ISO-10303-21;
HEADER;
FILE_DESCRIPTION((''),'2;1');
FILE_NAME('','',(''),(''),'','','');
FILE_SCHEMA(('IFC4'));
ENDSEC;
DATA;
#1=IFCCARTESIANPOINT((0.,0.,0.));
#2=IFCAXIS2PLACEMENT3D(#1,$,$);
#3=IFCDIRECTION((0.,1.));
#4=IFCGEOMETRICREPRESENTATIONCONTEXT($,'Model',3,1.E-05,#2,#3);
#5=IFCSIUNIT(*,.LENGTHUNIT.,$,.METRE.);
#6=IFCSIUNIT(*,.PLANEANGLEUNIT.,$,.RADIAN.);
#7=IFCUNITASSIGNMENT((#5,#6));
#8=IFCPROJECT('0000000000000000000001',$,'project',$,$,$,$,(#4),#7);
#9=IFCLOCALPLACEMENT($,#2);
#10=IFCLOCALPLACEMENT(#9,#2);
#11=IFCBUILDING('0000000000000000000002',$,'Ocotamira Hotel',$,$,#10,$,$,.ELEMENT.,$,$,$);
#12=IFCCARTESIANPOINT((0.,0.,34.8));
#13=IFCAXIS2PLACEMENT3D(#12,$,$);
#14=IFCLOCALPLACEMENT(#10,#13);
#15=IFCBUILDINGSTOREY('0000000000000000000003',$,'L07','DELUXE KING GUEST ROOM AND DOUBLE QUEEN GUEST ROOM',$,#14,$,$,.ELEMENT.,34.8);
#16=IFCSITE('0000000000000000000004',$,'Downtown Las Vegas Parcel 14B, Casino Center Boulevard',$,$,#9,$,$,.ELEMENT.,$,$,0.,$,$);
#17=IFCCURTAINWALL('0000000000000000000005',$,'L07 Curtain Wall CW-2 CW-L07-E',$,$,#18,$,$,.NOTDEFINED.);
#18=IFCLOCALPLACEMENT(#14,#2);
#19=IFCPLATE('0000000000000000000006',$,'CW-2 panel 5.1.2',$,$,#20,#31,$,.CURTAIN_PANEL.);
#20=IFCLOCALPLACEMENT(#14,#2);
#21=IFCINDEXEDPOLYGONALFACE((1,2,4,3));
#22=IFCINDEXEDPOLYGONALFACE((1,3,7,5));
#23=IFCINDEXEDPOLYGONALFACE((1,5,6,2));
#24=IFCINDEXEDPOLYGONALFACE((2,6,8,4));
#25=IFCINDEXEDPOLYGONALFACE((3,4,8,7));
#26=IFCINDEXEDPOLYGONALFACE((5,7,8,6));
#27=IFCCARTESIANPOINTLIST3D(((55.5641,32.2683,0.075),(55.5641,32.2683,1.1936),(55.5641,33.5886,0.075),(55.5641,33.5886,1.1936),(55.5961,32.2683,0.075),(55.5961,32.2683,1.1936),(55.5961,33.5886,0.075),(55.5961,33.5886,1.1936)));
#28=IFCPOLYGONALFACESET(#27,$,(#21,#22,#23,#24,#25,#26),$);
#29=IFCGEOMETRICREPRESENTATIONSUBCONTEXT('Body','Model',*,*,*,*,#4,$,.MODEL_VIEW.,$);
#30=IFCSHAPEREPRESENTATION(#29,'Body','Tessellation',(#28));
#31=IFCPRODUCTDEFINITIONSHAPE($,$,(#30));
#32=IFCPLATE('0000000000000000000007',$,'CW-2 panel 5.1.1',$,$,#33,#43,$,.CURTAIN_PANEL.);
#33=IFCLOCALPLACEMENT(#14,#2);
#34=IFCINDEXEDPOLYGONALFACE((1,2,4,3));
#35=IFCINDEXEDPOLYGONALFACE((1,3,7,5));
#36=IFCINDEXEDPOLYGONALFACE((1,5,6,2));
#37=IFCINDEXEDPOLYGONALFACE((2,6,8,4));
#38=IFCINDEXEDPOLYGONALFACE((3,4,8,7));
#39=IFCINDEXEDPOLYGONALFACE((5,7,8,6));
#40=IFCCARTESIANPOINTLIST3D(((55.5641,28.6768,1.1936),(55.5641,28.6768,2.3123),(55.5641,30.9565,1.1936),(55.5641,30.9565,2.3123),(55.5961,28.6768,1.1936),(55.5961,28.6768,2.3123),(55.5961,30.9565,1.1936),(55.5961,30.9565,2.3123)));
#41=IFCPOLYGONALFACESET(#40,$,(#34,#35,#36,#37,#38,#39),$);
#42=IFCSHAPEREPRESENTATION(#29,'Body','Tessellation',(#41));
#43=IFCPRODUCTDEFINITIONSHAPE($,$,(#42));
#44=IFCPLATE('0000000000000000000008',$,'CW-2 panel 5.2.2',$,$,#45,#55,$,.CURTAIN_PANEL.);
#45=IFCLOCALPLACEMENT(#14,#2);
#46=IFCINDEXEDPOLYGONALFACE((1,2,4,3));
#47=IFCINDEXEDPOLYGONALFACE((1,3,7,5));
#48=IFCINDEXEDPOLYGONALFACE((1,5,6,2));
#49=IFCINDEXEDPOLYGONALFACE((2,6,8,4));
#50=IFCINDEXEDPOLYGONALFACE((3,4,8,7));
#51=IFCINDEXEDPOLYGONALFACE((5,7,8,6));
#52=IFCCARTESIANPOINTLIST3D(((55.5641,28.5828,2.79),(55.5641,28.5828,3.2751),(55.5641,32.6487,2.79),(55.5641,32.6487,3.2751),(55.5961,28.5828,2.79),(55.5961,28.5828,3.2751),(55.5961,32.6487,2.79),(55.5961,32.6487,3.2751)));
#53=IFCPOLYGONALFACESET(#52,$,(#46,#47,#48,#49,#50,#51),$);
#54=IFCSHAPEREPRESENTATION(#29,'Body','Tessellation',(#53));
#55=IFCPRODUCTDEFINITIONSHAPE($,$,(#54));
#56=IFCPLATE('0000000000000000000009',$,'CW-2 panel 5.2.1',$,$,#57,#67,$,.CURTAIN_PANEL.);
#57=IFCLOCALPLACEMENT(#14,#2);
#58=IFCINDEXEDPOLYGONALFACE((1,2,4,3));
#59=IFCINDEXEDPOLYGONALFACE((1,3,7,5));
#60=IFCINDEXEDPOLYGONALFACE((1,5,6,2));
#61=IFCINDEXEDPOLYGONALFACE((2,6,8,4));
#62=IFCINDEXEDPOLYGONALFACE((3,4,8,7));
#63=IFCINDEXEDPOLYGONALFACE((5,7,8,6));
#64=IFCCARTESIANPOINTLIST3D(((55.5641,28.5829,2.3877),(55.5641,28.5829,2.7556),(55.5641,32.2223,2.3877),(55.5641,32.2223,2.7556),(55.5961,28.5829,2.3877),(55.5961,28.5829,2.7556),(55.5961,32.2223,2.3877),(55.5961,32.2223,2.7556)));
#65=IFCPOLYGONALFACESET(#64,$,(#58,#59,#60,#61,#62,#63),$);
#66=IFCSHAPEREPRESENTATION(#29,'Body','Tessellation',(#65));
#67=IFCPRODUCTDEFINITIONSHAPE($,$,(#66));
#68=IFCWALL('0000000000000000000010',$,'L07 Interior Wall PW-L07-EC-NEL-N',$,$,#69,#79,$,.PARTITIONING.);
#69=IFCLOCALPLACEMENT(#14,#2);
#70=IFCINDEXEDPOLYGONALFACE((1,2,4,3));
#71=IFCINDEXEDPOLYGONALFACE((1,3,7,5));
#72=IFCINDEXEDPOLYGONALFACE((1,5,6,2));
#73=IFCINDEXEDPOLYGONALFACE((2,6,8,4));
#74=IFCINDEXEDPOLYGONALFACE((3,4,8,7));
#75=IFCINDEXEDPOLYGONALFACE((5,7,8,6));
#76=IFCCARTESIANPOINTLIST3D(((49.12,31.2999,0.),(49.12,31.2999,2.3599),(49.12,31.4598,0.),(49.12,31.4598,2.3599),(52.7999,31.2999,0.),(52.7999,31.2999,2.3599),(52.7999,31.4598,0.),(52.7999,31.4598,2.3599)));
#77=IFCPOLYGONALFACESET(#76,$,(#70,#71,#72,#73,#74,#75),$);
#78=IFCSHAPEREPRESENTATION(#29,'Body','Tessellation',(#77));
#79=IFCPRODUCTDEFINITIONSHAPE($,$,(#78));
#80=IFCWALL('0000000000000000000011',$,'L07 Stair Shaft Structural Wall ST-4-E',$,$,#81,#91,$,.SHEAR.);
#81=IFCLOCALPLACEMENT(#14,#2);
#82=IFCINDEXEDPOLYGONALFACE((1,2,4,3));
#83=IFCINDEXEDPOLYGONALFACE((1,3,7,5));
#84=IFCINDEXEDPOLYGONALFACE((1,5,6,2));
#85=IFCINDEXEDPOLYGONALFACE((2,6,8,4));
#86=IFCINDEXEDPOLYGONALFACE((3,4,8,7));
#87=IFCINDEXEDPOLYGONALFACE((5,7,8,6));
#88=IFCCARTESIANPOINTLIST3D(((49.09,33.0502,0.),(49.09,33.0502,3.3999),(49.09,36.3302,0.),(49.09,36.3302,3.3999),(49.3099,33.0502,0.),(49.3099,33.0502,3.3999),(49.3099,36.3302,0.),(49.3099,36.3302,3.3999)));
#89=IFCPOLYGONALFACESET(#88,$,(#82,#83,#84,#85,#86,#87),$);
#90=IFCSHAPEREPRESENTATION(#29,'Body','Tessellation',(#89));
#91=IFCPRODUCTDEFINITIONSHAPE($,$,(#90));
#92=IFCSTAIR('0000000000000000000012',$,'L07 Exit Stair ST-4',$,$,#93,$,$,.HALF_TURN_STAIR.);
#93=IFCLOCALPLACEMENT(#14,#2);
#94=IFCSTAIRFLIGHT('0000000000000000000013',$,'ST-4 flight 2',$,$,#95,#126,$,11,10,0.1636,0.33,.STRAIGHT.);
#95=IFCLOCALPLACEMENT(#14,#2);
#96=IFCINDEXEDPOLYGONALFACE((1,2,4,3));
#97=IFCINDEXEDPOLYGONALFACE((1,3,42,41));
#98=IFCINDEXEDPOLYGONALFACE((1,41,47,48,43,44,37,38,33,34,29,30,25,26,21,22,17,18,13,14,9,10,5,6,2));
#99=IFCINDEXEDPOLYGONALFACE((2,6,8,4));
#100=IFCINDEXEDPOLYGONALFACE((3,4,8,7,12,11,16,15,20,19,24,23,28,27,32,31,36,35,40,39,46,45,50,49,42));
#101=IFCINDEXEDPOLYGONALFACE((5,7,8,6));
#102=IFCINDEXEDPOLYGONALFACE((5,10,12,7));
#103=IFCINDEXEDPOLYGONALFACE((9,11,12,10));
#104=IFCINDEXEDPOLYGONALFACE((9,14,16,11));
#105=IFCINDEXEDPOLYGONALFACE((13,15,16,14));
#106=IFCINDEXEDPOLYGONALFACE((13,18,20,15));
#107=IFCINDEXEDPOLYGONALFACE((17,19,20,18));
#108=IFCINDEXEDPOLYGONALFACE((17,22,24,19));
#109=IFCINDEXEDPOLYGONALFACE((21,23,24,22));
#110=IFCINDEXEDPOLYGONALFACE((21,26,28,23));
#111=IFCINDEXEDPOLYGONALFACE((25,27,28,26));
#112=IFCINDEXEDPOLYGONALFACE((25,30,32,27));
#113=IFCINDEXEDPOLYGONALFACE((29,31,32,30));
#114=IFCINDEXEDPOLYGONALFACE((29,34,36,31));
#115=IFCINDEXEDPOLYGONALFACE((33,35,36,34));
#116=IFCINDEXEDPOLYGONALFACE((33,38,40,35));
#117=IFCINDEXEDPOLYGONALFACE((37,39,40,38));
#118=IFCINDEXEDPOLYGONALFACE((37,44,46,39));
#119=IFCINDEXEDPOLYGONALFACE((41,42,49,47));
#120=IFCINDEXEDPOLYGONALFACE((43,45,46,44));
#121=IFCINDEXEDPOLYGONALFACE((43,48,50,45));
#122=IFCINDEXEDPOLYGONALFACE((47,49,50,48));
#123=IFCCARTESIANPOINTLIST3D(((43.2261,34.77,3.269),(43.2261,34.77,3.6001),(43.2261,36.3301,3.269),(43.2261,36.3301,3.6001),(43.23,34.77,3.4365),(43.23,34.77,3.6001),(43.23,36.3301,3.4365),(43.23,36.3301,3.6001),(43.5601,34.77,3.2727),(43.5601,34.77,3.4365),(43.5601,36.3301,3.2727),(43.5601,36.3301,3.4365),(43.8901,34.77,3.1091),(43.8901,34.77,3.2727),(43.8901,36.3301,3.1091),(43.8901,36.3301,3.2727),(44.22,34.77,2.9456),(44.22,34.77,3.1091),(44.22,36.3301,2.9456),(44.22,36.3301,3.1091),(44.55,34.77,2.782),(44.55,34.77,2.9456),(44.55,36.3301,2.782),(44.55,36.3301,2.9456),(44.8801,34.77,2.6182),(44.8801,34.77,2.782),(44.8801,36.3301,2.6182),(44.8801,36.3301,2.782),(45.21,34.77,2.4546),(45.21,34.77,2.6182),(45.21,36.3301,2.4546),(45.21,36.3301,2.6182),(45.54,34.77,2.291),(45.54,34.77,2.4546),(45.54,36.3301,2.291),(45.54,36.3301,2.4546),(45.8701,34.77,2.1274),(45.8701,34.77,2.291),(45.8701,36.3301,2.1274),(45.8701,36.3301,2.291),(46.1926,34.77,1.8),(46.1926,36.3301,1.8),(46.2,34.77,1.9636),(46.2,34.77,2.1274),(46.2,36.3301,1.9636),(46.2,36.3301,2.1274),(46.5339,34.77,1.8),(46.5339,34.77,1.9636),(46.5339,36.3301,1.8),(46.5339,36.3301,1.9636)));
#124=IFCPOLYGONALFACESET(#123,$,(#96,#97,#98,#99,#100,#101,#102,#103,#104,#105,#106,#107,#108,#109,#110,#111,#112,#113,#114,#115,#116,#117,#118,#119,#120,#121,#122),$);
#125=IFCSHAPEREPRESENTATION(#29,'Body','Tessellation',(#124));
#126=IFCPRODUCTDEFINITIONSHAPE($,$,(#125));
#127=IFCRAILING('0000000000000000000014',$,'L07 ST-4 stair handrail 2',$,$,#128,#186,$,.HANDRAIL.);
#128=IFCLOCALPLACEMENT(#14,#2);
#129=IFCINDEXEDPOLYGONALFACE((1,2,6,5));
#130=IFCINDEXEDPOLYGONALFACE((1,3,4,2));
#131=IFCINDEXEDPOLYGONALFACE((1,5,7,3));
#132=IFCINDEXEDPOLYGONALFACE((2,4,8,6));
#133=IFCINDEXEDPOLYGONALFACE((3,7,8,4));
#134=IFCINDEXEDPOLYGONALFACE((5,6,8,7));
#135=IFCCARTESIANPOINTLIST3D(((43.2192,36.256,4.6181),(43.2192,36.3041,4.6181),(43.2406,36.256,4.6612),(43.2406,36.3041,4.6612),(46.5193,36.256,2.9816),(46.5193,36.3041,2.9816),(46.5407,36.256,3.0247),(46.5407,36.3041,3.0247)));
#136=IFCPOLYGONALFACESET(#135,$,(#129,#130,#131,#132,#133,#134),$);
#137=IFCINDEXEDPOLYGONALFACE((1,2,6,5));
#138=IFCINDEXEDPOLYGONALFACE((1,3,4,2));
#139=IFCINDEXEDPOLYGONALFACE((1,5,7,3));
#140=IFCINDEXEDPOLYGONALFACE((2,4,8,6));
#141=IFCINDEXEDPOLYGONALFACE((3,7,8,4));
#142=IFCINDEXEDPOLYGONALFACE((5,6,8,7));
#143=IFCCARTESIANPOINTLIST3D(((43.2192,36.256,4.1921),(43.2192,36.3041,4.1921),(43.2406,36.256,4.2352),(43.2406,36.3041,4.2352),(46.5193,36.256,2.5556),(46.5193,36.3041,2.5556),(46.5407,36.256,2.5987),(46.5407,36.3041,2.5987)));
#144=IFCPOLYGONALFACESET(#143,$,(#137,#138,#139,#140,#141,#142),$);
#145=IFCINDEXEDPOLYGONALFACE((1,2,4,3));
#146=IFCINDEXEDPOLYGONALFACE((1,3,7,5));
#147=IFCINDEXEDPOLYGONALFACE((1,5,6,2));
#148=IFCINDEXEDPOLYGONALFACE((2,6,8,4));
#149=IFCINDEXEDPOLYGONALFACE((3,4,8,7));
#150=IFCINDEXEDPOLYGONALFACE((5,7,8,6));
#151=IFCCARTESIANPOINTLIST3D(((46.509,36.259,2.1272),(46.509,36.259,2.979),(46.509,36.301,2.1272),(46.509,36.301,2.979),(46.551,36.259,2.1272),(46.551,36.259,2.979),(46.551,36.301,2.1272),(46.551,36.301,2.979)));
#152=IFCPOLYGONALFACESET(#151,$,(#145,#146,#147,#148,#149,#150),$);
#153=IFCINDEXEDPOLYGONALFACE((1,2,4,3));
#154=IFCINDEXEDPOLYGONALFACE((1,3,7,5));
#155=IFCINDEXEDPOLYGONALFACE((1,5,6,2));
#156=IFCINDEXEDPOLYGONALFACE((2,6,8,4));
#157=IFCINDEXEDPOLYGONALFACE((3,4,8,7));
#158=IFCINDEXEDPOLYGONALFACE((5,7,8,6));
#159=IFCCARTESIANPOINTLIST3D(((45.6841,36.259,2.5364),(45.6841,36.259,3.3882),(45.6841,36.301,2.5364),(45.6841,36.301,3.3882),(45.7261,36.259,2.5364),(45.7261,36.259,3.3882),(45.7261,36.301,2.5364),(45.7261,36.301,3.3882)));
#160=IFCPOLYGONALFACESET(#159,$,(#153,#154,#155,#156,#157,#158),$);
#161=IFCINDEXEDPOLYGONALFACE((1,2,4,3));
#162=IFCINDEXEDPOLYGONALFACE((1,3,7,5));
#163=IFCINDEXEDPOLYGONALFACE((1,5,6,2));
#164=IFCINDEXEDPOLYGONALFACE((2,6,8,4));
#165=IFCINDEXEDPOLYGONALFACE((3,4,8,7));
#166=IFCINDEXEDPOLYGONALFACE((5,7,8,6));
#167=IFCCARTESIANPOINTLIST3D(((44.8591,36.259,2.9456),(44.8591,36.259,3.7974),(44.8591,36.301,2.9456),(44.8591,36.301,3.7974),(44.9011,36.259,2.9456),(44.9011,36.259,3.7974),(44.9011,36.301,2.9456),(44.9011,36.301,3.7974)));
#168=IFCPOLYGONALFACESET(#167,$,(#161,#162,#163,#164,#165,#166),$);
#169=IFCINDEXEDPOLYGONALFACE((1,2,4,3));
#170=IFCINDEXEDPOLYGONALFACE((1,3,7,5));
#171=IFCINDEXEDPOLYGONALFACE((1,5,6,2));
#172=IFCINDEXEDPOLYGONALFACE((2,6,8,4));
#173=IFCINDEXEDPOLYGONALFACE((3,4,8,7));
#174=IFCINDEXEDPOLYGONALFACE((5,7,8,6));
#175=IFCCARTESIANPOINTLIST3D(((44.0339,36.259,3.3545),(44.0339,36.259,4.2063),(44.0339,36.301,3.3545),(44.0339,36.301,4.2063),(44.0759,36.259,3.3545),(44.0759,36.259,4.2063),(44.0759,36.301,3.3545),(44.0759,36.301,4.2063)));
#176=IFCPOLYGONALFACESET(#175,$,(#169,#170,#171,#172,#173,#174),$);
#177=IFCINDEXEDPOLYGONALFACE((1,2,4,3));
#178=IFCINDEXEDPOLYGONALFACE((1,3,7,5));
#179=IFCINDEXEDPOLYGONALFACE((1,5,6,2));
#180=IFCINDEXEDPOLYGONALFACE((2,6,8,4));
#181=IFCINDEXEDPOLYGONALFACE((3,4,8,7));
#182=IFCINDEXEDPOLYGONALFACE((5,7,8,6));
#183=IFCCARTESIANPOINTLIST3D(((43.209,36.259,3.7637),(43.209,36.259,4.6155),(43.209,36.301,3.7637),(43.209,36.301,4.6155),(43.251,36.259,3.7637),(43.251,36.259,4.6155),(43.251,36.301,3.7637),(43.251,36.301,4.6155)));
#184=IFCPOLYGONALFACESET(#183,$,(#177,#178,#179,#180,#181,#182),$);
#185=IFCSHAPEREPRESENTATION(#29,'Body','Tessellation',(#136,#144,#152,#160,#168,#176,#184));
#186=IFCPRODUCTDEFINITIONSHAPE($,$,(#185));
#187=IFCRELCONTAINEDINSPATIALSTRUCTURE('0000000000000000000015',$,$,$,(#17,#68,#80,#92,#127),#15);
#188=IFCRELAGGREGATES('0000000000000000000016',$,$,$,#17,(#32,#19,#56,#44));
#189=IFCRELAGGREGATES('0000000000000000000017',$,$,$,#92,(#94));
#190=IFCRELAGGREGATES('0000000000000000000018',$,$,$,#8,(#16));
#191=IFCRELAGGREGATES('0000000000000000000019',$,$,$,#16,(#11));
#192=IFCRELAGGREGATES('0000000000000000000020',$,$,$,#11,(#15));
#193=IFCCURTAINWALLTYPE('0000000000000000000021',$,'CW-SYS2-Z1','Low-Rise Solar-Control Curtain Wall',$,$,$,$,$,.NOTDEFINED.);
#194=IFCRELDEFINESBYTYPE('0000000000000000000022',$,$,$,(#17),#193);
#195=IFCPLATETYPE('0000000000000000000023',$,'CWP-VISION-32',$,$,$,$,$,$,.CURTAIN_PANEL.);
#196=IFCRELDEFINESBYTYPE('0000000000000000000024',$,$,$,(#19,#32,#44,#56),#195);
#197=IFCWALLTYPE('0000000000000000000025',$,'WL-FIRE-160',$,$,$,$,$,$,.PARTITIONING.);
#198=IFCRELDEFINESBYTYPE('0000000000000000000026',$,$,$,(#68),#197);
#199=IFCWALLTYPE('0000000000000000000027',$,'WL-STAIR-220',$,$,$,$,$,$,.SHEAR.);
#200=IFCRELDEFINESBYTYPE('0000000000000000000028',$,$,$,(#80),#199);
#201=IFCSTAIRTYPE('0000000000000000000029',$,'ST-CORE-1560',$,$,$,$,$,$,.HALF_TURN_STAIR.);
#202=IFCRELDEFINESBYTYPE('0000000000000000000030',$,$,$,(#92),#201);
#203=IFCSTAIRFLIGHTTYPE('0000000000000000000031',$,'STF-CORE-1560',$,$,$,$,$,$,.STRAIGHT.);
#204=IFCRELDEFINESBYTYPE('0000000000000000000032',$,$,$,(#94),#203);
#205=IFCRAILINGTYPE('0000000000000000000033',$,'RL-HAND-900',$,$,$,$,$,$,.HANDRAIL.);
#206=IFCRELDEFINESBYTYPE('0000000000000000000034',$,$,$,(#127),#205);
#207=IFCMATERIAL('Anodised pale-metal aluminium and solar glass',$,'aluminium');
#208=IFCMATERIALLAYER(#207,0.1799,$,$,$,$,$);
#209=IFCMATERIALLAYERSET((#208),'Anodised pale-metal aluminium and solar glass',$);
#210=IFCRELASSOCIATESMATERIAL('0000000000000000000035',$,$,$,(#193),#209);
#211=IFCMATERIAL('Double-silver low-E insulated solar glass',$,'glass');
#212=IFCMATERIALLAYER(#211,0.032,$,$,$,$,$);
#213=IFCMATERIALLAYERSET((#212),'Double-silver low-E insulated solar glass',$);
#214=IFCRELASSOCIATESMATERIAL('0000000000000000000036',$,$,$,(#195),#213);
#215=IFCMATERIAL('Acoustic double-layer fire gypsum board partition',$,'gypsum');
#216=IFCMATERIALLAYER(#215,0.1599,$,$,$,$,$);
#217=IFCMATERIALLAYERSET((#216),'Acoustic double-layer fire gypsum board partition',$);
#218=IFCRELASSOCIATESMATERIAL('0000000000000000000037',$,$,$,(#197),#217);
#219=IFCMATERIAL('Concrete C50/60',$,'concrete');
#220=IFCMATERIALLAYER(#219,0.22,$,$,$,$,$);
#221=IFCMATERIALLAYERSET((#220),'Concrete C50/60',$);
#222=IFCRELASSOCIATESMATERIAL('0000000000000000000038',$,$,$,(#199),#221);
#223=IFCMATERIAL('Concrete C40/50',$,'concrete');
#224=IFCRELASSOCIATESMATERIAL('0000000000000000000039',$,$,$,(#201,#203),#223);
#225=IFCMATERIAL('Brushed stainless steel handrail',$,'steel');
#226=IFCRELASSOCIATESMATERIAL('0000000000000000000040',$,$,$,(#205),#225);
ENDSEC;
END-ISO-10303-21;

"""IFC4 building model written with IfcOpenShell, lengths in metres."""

from ifc_helpers import new_model, si_unit, direction, frame, frame_2d, origin, origin_2d, place, context, subcontext, project, spatial, polyline, rectangle, outline, extrude, source, transform, mapped, material, layer, layer_set, type_object, element, aggregate, save


model = new_model("IFC4")

# Units and contexts
model_context = context("Model", 3, precision=1e-05, world=origin(), true_north=direction((0.0, 1.0)))
body_context = subcontext(model_context, "Body", "Model", "MODEL_VIEW")
ifc_project = project(units=[si_unit("LENGTHUNIT", "METRE"), si_unit("PLANEANGLEUNIT", "RADIAN")], contexts=[model_context])

# Site, building, storey
site_placement = place(None, origin())
site = spatial("IfcSite", under=ifc_project, at=site_placement, Name="Downtown Las Vegas Parcel 14B, Casino Center Boulevard", CompositionType="ELEMENT", RefElevation=0.0)
building_placement = place(site_placement, origin())
building = spatial("IfcBuilding", under=site, at=building_placement, Name="Ocotamira Hotel", CompositionType="ELEMENT")
storey_placement = place(building_placement, frame((0.0, 0.0, 34.8)))
storey = spatial("IfcBuildingStorey", under=building, at=storey_placement, Name="L07", Description="DELUXE KING GUEST ROOM AND DOUBLE QUEEN GUEST ROOM", CompositionType="ELEMENT", Elevation=34.8)

# Curtain wall
ifc_material_1 = material(Name="Anodised pale-metal aluminium and solar glass", Category="aluminium")
ifc_layer_1 = layer(ifc_material_1, 0.1799)
ifc_layer_set_1 = layer_set([ifc_layer_1], Name="Anodised pale-metal aluminium and solar glass")
curtain_wall_type = type_object("IfcCurtainWallType", Name="CW-SYS2-Z1", Description="Low-Rise Solar-Control Curtain Wall", PredefinedType="NOTDEFINED", material=ifc_layer_set_1)
curtain_wall_placement = place(storey_placement, origin())
curtain_wall = element("IfcCurtainWall", 1, at=curtain_wall_placement, inside=storey, type_object=curtain_wall_type, Name="L07 Curtain Wall CW-2 CW-L07-E", PredefinedType="NOTDEFINED")

# Plates
ifc_material_2 = material(Name="Double-silver low-E insulated solar glass", Category="glass")
ifc_layer_2 = layer(ifc_material_2, 0.032)
ifc_layer_set_2 = layer_set([ifc_layer_2], Name="Double-silver low-E insulated solar glass")
plate_type_1 = type_object("IfcPlateType", Name="CWP-VISION-32", PredefinedType="CURTAIN_PANEL", material=ifc_layer_set_2)
shared_shape_1 = source(origin(), body_context, "Body", "SweptSolid", [
    extrude(rectangle(XDim=1.3203, YDim=0.032, at=origin_2d()), origin(), (0.0, 0.0, 1.0), 1.1187),
])
plate_1_placement = place(storey_placement, frame((55.5801, 32.9285, 0.075), z_axis=(0.0, 0.0, 1.0), x_axis=(0.0, 1.0, 0.0)))
plate_1 = element("IfcPlate", 2, at=plate_1_placement, type_object=plate_type_1, Name="CW-2 panel 5.1.2", PredefinedType="CURTAIN_PANEL", context=body_context, shape_type="MappedRepresentation", body=[
    mapped(shared_shape_1, transform((0.0, 0.0, 0.0), scale=1.0)),
])
shared_shape_2 = source(origin(), body_context, "Body", "SweptSolid", [
    extrude(rectangle(XDim=2.2798, YDim=0.032, at=origin_2d()), origin(), (0.0, 0.0, 1.0), 1.1187),
])
plate_2_placement = place(storey_placement, frame((55.5801, 29.8167, 1.1936), z_axis=(0.0, 0.0, 1.0), x_axis=(0.0, 1.0, 0.0)))
plate_2 = element("IfcPlate", 3, at=plate_2_placement, type_object=plate_type_1, Name="CW-2 panel 5.1.1", PredefinedType="CURTAIN_PANEL", context=body_context, shape_type="MappedRepresentation", body=[
    mapped(shared_shape_2, transform((0.0, 0.0, 0.0), scale=1.0)),
])
shared_shape_3 = source(origin(), body_context, "Body", "SweptSolid", [
    extrude(rectangle(XDim=4.0659, YDim=0.032, at=origin_2d()), origin(), (0.0, 0.0, 1.0), 0.4851),
])
plate_3_placement = place(storey_placement, frame((55.5801, 30.6157, 2.79), z_axis=(0.0, 0.0, 1.0), x_axis=(0.0, 1.0, 0.0)))
plate_3 = element("IfcPlate", 4, at=plate_3_placement, type_object=plate_type_1, Name="CW-2 panel 5.2.2", PredefinedType="CURTAIN_PANEL", context=body_context, shape_type="MappedRepresentation", body=[
    mapped(shared_shape_3, transform((0.0, 0.0, 0.0), scale=1.0)),
])
shared_shape_4 = source(origin(), body_context, "Body", "SweptSolid", [
    extrude(rectangle(XDim=3.6394, YDim=0.032, at=origin_2d()), origin(), (0.0, 0.0, 1.0), 0.3679),
])
plate_4_placement = place(storey_placement, frame((55.5801, 30.4026, 2.3877), z_axis=(0.0, 0.0, 1.0), x_axis=(0.0, 1.0, 0.0)))
plate_4 = element("IfcPlate", 5, at=plate_4_placement, type_object=plate_type_1, Name="CW-2 panel 5.2.1", PredefinedType="CURTAIN_PANEL", context=body_context, shape_type="MappedRepresentation", body=[
    mapped(shared_shape_4, transform((0.0, 0.0, 0.0), scale=1.0)),
])
aggregate(curtain_wall, [plate_2, plate_1, plate_4, plate_3])

# Wall
ifc_material_3 = material(Name="Acoustic double-layer fire gypsum board partition", Category="gypsum")
ifc_layer_3 = layer(ifc_material_3, 0.1599)
ifc_layer_set_3 = layer_set([ifc_layer_3], Name="Acoustic double-layer fire gypsum board partition")
wall_type_1 = type_object("IfcWallType", Name="WL-FIRE-160", PredefinedType="PARTITIONING", material=ifc_layer_set_3)
wall_1_placement = place(storey_placement, frame((49.1201, 31.3799, 0.0), z_axis=(0.0, 0.0, 1.0), x_axis=(1.0, 0.0, 0.0)))
element("IfcWall", 6, at=wall_1_placement, inside=storey, type_object=wall_type_1, Name="L07 Interior Wall PW-L07-EC-NEL-N", PredefinedType="PARTITIONING", context=body_context, shape_type="SweptSolid", body=[
    extrude(rectangle(XDim=3.6799, YDim=0.1599, at=frame_2d((1.8398, 0.0))), origin(), (0.0, 0.0, 1.0), 2.3599),
])

# Wall
ifc_material_4 = material(Name="Concrete C50/60", Category="concrete")
ifc_layer_4 = layer(ifc_material_4, 0.22)
ifc_layer_set_4 = layer_set([ifc_layer_4], Name="Concrete C50/60")
wall_type_2 = type_object("IfcWallType", Name="WL-STAIR-220", PredefinedType="SHEAR", material=ifc_layer_set_4)
wall_2_placement = place(storey_placement, frame((49.2, 33.05, 0.0), z_axis=(0.0, 0.0, 1.0), x_axis=(0.0, 1.0, 0.0)))
element("IfcWall", 7, at=wall_2_placement, inside=storey, type_object=wall_type_2, Name="L07 Stair Shaft Structural Wall ST-4-E", PredefinedType="SHEAR", context=body_context, shape_type="SweptSolid", body=[
    extrude(rectangle(XDim=3.28, YDim=0.22, at=frame_2d((1.6401, 0.0))), origin(), (0.0, 0.0, 1.0), 3.3999),
])

# Stair, stair flight
ifc_material_5 = material(Name="Concrete C40/50", Category="concrete")
stair_type = type_object("IfcStairType", Name="ST-CORE-1560", PredefinedType="HALF_TURN_STAIR", material=ifc_material_5)
stair_placement = place(storey_placement, origin())
stair = element("IfcStair", 8, at=stair_placement, inside=storey, type_object=stair_type, Name="L07 Exit Stair ST-4", PredefinedType="HALF_TURN_STAIR")
stair_flight_type = type_object("IfcStairFlightType", Name="STF-CORE-1560", PredefinedType="STRAIGHT", material=ifc_material_5)
shared_shape_5 = source(origin(), body_context, "Body", "SweptSolid", [
    extrude(outline(polyline([(-0.0039, 0.0), (-0.0039, 0.1636), (0.3301, 0.1636), (0.3301, 0.3274), (0.6599, 0.3274), (0.6599, 0.491), (0.99, 0.491), (0.99, 0.6545), (1.3201, 0.6545), (1.3201, 0.8181), (1.6499, 0.8181), (1.6499, 0.9819), (1.98, 0.9819), (1.98, 1.1455), (2.3101, 1.1455), (2.3101, 1.3091), (2.6399, 1.3091), (2.6399, 1.4727), (2.97, 1.4727), (2.97, 1.6365), (3.3, 1.6365), (3.3, 1.8), (3.304, 1.8), (3.304, 1.469), (0.3374, 0.0), (-0.0039, 0.0)])), frame((0.0, 0.78, 0.0), z_axis=(0.0, -1.0, 0.0), x_axis=(1.0, 0.0, 0.0)), (0.0, 0.0, 1.0), 1.5601),
])
stair_flight_placement = place(storey_placement, frame((46.53, 35.55, 1.8), z_axis=(0.0, 0.0, 1.0), x_axis=(-1.0, 0.0, 0.0)))
stair_flight = element("IfcStairFlight", 9, at=stair_flight_placement, type_object=stair_flight_type, Name="ST-4 flight 2", NumberOfRisers=11, NumberOfTreads=10, PredefinedType="STRAIGHT", RiserHeight=0.1636, TreadLength=0.33, context=body_context, shape_type="MappedRepresentation", body=[
    mapped(shared_shape_5, transform((0.0, 0.0, 0.0), scale=1.0)),
])
aggregate(stair, [stair_flight])

# Railing
ifc_material_6 = material(Name="Brushed stainless steel handrail", Category="steel")
railing_type_1 = type_object("IfcRailingType", Name="RL-HAND-900", PredefinedType="HANDRAIL", material=ifc_material_6)
railing_1_placement = place(storey_placement, frame((46.53, 36.28, 2.1272)))
element("IfcRailing", 10, at=railing_1_placement, inside=storey, type_object=railing_type_1, Name="L07 ST-4 stair handrail 2", PredefinedType="HANDRAIL", context=body_context, shape_type="SweptSolid", body=[
    extrude(rectangle(XDim=0.0481, YDim=0.0481, at=origin_2d()), frame((0.0, 0.0, 0.876), z_axis=(-0.895894, 0.0, 0.444268), x_axis=(0.0, -1.0, 0.0)), (0.0, 0.0, 1.0), 3.6836),
    extrude(rectangle(XDim=0.0481, YDim=0.0481, at=origin_2d()), frame((0.0, 0.0, 0.45), z_axis=(-0.895894, 0.0, 0.444268), x_axis=(0.0, -1.0, 0.0)), (0.0, 0.0, 1.0), 3.6836),
    extrude(rectangle(XDim=0.042, YDim=0.042, at=origin_2d()), origin(), (0.0, 0.0, 1.0), 0.8518),
    extrude(rectangle(XDim=0.042, YDim=0.042, at=origin_2d()), frame((-0.825, 0.0, 0.4092)), (0.0, 0.0, 1.0), 0.8518),
    extrude(rectangle(XDim=0.042, YDim=0.042, at=origin_2d()), frame((-1.6499, 0.0, 0.8184)), (0.0, 0.0, 1.0), 0.8518),
    extrude(rectangle(XDim=0.042, YDim=0.042, at=origin_2d()), frame((-2.4751, 0.0, 1.2273)), (0.0, 0.0, 1.0), 0.8518),
    extrude(rectangle(XDim=0.042, YDim=0.042, at=origin_2d()), frame((-3.3, 0.0, 1.6365)), (0.0, 0.0, 1.0), 0.8518),
])

save(model, "model.ifc")
